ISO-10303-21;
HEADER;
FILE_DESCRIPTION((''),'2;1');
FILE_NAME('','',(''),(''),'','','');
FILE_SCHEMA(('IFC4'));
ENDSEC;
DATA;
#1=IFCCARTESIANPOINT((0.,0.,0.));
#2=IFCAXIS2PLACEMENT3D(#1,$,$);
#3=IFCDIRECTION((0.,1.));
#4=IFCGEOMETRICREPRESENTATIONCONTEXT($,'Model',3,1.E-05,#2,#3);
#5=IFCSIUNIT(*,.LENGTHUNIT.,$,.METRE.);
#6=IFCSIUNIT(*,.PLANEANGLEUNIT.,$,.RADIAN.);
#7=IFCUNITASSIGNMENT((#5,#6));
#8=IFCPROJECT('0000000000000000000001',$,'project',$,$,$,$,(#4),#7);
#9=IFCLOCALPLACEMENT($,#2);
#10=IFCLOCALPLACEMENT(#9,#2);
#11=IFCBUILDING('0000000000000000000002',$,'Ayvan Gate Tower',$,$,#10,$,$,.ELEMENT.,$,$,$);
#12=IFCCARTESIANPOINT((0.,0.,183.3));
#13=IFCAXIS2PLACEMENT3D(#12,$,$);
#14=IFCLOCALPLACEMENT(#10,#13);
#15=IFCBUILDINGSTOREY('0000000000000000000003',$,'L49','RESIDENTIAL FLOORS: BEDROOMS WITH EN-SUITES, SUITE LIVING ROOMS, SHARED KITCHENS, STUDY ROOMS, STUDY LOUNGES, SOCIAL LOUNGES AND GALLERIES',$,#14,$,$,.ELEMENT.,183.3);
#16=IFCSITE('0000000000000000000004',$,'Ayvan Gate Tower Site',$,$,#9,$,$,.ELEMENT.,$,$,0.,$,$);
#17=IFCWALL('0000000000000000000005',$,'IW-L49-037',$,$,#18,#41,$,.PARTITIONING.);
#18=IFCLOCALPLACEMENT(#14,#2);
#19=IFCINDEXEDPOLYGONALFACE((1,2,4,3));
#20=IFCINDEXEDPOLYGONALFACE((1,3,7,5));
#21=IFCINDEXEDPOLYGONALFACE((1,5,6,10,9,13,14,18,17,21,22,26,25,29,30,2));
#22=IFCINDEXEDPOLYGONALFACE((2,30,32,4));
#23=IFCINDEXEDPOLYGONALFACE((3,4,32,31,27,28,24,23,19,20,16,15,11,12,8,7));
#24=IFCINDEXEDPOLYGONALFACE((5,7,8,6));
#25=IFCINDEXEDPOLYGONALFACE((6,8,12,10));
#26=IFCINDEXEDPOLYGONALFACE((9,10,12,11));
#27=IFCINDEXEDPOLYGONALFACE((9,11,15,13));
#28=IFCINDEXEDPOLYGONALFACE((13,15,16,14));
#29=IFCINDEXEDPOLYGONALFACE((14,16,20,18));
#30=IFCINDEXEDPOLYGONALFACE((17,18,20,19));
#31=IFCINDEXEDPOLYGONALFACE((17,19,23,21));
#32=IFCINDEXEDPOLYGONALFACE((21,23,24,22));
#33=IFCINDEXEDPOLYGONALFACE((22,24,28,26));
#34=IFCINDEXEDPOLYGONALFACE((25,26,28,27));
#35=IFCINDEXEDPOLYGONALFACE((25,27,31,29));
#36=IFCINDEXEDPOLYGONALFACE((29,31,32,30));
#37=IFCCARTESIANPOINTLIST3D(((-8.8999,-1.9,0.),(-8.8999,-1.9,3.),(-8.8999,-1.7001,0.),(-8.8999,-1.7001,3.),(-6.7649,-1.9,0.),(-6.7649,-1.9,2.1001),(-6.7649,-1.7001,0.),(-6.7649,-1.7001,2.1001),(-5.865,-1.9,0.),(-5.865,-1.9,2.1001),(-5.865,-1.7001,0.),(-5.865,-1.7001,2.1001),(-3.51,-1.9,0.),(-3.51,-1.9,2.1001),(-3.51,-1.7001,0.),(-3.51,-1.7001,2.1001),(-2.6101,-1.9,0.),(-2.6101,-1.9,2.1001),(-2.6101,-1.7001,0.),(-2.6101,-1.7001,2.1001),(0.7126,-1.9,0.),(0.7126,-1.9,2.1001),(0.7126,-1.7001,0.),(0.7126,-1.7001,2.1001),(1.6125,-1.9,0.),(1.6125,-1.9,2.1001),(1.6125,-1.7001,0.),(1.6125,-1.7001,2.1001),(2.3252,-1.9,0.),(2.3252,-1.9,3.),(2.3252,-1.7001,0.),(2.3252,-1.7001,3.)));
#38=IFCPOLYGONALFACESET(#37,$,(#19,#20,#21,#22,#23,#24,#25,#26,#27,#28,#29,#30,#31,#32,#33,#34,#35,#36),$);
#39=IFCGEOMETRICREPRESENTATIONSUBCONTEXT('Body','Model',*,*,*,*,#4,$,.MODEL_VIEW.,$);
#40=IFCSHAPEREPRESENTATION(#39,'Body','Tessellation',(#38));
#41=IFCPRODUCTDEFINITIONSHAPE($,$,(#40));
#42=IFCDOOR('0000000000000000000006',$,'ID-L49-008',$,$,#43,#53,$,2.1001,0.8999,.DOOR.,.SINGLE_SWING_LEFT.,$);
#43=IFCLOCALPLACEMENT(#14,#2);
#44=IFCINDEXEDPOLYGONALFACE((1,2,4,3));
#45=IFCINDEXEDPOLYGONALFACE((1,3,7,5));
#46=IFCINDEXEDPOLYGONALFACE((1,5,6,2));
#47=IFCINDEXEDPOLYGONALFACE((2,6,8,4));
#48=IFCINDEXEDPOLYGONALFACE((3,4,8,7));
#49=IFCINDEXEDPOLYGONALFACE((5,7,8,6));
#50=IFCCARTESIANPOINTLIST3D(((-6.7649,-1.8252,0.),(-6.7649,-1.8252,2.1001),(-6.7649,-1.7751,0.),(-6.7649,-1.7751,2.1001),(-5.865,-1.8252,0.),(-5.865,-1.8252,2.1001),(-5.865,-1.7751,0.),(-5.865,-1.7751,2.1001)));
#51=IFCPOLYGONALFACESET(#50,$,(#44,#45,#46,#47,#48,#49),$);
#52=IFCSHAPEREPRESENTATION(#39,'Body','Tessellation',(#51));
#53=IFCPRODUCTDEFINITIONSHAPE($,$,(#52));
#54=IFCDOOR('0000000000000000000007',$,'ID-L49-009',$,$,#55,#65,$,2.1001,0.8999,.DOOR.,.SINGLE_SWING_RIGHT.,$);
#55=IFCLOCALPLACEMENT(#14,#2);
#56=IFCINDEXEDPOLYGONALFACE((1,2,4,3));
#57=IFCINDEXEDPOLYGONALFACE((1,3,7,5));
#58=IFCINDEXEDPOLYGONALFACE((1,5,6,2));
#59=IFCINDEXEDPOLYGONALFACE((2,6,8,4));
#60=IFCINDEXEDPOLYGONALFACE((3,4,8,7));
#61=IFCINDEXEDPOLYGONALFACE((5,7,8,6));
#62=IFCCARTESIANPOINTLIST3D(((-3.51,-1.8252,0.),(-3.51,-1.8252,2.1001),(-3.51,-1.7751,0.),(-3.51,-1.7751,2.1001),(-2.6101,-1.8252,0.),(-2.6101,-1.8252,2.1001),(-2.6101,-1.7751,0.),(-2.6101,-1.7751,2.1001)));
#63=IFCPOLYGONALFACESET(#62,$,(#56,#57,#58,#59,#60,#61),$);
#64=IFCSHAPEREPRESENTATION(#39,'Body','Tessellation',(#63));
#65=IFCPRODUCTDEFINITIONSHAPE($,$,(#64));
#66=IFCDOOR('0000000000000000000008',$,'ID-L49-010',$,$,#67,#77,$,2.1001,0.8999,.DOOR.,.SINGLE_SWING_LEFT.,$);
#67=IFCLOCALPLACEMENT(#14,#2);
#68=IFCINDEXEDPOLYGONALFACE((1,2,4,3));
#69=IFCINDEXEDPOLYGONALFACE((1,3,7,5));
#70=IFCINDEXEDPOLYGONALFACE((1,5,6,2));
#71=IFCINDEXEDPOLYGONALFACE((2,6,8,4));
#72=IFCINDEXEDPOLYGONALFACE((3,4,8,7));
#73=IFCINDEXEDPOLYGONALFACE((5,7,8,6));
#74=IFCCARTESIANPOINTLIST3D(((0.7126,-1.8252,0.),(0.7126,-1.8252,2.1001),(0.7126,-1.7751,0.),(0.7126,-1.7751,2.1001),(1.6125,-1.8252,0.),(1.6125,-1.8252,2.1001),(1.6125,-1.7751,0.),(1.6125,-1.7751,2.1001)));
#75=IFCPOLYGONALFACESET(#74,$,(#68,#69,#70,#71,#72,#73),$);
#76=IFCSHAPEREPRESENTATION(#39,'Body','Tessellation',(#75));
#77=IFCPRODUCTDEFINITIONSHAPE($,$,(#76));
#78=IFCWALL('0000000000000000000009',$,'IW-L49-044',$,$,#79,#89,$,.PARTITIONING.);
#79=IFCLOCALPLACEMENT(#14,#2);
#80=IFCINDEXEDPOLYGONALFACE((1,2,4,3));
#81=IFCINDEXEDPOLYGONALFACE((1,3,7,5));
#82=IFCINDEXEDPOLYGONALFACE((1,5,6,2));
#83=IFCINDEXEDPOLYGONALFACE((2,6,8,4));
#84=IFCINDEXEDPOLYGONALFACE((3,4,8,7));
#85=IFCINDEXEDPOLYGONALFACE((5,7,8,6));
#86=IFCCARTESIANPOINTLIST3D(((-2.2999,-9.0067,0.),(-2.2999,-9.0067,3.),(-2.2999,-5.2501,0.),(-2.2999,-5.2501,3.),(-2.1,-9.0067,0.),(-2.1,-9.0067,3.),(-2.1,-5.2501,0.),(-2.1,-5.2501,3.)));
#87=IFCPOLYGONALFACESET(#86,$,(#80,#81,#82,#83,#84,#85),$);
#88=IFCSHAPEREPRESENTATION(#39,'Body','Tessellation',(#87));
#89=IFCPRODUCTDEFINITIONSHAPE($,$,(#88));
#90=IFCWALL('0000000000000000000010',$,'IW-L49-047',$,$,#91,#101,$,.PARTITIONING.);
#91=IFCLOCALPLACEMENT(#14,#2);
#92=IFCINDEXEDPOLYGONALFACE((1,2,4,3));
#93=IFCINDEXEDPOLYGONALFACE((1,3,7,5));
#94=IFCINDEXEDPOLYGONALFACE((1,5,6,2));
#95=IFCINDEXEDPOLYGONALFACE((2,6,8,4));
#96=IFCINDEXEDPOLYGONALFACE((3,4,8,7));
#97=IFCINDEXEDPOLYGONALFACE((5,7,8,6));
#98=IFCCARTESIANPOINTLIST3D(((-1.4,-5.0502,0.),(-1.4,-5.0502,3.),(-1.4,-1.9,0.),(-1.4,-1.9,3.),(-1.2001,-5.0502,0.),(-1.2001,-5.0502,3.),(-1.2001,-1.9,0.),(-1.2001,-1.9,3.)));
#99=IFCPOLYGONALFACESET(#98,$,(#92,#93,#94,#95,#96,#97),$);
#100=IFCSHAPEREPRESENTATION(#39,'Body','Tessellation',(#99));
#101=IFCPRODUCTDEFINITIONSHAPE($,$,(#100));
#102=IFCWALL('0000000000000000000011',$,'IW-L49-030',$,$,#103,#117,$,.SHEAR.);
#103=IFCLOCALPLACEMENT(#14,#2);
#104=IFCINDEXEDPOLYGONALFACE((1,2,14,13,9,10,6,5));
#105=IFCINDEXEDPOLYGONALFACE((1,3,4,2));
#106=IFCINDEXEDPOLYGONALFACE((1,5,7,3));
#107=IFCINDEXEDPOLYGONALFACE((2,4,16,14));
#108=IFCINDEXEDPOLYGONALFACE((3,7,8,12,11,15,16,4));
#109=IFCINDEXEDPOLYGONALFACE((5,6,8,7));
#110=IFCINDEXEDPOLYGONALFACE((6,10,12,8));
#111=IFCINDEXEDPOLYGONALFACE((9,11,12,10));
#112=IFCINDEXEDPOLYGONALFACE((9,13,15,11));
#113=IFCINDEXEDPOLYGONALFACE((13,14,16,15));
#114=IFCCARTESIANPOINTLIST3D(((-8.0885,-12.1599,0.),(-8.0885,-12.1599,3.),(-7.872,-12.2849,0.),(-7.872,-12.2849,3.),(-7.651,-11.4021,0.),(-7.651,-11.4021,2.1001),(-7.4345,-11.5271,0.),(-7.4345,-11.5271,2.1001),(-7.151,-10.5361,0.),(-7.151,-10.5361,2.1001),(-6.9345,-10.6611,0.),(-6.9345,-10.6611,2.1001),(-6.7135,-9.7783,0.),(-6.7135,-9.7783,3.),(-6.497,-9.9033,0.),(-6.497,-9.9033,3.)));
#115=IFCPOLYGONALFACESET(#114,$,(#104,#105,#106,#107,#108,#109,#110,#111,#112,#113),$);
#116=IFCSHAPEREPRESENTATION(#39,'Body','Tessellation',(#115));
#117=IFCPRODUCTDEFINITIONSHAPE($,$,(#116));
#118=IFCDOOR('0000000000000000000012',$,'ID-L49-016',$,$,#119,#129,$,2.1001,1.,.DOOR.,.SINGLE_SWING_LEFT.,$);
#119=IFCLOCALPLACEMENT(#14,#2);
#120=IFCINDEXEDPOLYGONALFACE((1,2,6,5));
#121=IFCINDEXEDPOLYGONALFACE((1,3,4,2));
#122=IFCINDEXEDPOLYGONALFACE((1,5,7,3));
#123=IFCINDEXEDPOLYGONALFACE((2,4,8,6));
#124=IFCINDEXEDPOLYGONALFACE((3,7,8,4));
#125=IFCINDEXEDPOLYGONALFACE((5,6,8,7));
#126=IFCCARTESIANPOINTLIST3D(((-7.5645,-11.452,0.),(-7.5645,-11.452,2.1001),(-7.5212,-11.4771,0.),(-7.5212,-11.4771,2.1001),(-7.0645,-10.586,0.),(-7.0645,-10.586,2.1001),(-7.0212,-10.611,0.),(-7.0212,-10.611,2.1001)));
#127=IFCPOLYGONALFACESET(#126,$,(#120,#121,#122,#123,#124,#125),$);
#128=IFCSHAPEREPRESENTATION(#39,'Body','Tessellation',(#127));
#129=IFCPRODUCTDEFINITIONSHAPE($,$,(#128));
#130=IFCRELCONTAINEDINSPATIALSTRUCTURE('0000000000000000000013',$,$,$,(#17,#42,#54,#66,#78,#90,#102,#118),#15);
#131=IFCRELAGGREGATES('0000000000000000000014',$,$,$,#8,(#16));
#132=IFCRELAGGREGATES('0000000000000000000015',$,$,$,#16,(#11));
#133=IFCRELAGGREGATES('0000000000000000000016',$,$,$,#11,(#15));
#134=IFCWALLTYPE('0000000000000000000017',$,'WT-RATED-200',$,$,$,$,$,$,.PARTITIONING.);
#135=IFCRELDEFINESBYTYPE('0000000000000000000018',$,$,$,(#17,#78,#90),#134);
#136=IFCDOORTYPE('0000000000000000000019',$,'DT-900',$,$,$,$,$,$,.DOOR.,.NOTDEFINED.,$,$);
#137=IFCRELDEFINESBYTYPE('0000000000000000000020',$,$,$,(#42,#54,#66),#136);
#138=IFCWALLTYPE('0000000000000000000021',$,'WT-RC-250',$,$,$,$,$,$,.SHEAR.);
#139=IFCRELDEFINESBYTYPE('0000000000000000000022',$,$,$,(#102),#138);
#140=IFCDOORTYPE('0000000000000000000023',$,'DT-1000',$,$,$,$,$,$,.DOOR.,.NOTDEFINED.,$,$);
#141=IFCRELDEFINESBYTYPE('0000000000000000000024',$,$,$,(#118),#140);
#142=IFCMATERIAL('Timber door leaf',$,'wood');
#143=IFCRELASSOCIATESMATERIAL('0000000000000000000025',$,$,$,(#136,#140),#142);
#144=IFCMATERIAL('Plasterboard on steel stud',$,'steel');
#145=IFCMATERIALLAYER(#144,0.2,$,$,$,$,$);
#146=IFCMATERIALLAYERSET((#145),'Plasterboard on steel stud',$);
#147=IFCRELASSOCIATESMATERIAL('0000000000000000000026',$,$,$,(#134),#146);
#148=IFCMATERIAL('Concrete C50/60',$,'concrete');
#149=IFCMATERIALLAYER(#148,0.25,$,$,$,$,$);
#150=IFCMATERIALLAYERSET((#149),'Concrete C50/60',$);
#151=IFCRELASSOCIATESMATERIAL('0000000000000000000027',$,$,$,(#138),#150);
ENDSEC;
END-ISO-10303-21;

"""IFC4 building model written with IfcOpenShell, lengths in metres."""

from ifc_helpers import new_model, si_unit, direction, frame, frame_2d, origin, place, context, subcontext, project, spatial, rectangle, extrude, material, layer, layer_set, type_object, element, fill, save


model = new_model("IFC4")

# Units and contexts
model_context = context("Model", 3, precision=1e-05, world=origin(), true_north=direction((0.0, 1.0)))
body_context = subcontext(model_context, "Body", "Model", "MODEL_VIEW")
ifc_project = project(units=[si_unit("LENGTHUNIT", "METRE"), si_unit("PLANEANGLEUNIT", "RADIAN")], contexts=[model_context])

# Site, building, storey
site_placement = place(None, origin())
site = spatial("IfcSite", under=ifc_project, at=site_placement, Name="Ayvan Gate Tower Site", CompositionType="ELEMENT", RefElevation=0.0)
building_placement = place(site_placement, origin())
building = spatial("IfcBuilding", under=site, at=building_placement, Name="Ayvan Gate Tower", CompositionType="ELEMENT")
storey_placement = place(building_placement, frame((0.0, 0.0, 183.3)))
storey = spatial("IfcBuildingStorey", under=building, at=storey_placement, Name="L49", Description="RESIDENTIAL FLOORS: BEDROOMS WITH EN-SUITES, SUITE LIVING ROOMS, SHARED KITCHENS, STUDY ROOMS, STUDY LOUNGES, SOCIAL LOUNGES AND GALLERIES", CompositionType="ELEMENT", Elevation=183.3)

# Shared definitions
ifc_material_1 = material(Name="Timber door leaf", Category="wood")
door_type_1 = type_object("IfcDoorType", Name="DT-900", OperationType="NOTDEFINED", PredefinedType="DOOR", material=ifc_material_1)

# Shared definitions
ifc_material_2 = material(Name="Plasterboard on steel stud", Category="steel")
ifc_layer_1 = layer(ifc_material_2, 0.2)
ifc_layer_set_1 = layer_set([ifc_layer_1], Name="Plasterboard on steel stud")
wall_type_1 = type_object("IfcWallType", Name="WT-RATED-200", PredefinedType="PARTITIONING", material=ifc_layer_set_1)

# Wall, openings, doors
wall_1_placement = place(storey_placement, frame((-8.8999, -1.8, 0.0), z_axis=(0.0, 0.0, 1.0), x_axis=(1.0, 0.0, 0.0)))
wall_1 = element("IfcWall", 1, at=wall_1_placement, inside=storey, type_object=wall_type_1, Name="IW-L49-037", PredefinedType="PARTITIONING", context=body_context, shape_type="SweptSolid", body=[
    extrude(rectangle(XDim=11.2251, YDim=0.2, at=frame_2d((5.6125, 0.0))), origin(), (0.0, 0.0, 1.0), 3.0),
])
opening_1_placement = place(wall_1_placement, frame((2.135, 0.0, 0.0)))
opening_1 = element("IfcOpeningElement", 2, at=opening_1_placement, cuts=wall_1, PredefinedType="OPENING", context=body_context, shape_type="SweptSolid", body=[
    extrude(rectangle(XDim=0.8999, YDim=2.1001, at=frame_2d((0.45, 1.05))), frame((0.0, 0.1099, 0.0), z_axis=(0.0, -1.0, 0.0), x_axis=(1.0, 0.0, 0.0)), (0.0, 0.0, 1.0), 0.22),
])
opening_2_placement = place(wall_1_placement, frame((5.3899, 0.0, 0.0)))
opening_2 = element("IfcOpeningElement", 3, at=opening_2_placement, cuts=wall_1, PredefinedType="OPENING", context=body_context, shape_type="SweptSolid", body=[
    extrude(rectangle(XDim=0.8999, YDim=2.1001, at=frame_2d((0.45, 1.05))), frame((0.0, 0.1099, 0.0), z_axis=(0.0, -1.0, 0.0), x_axis=(1.0, 0.0, 0.0)), (0.0, 0.0, 1.0), 0.22),
])
opening_3_placement = place(wall_1_placement, frame((9.6125, 0.0, 0.0)))
opening_3 = element("IfcOpeningElement", 4, at=opening_3_placement, cuts=wall_1, PredefinedType="OPENING", context=body_context, shape_type="SweptSolid", body=[
    extrude(rectangle(XDim=0.8999, YDim=2.1001, at=frame_2d((0.45, 1.05))), frame((0.0, 0.1099, 0.0), z_axis=(0.0, -1.0, 0.0), x_axis=(1.0, 0.0, 0.0)), (0.0, 0.0, 1.0), 0.22),
])
door_1_placement = place(opening_1_placement, origin())
door_1 = element("IfcDoor", 5, at=door_1_placement, inside=storey, type_object=door_type_1, Name="ID-L49-008", OperationType="SINGLE_SWING_LEFT", OverallHeight=2.1001, OverallWidth=0.8999, PredefinedType="DOOR", context=body_context, shape_type="SweptSolid", body=[
    extrude(rectangle(XDim=0.8999, YDim=2.1001, at=frame_2d((0.45, 1.05))), frame((0.0, 0.0249, 0.0), z_axis=(0.0, -1.0, 0.0), x_axis=(1.0, 0.0, 0.0)), (0.0, 0.0, 1.0), 0.05),
])
fill(opening_1, door_1)
door_2_placement = place(opening_2_placement, origin())
door_2 = element("IfcDoor", 6, at=door_2_placement, inside=storey, type_object=door_type_1, Name="ID-L49-009", OperationType="SINGLE_SWING_RIGHT", OverallHeight=2.1001, OverallWidth=0.8999, PredefinedType="DOOR", context=body_context, shape_type="SweptSolid", body=[
    extrude(rectangle(XDim=0.8999, YDim=2.1001, at=frame_2d((0.45, 1.05))), frame((0.0, 0.0249, 0.0), z_axis=(0.0, -1.0, 0.0), x_axis=(1.0, 0.0, 0.0)), (0.0, 0.0, 1.0), 0.05),
])
fill(opening_2, door_2)
door_3_placement = place(opening_3_placement, origin())
door_3 = element("IfcDoor", 7, at=door_3_placement, inside=storey, type_object=door_type_1, Name="ID-L49-010", OperationType="SINGLE_SWING_LEFT", OverallHeight=2.1001, OverallWidth=0.8999, PredefinedType="DOOR", context=body_context, shape_type="SweptSolid", body=[
    extrude(rectangle(XDim=0.8999, YDim=2.1001, at=frame_2d((0.45, 1.05))), frame((0.0, 0.0249, 0.0), z_axis=(0.0, -1.0, 0.0), x_axis=(1.0, 0.0, 0.0)), (0.0, 0.0, 1.0), 0.05),
])
fill(opening_3, door_3)

# Walls
wall_2_placement = place(storey_placement, frame((-2.2, -5.25, 0.0), z_axis=(0.0, 0.0, 1.0), x_axis=(0.0, -1.0, 0.0)))
element("IfcWall", 8, at=wall_2_placement, inside=storey, type_object=wall_type_1, Name="IW-L49-044", PredefinedType="PARTITIONING", context=body_context, shape_type="SweptSolid", body=[
    extrude(rectangle(XDim=3.7566, YDim=0.2, at=frame_2d((1.8784, 0.0))), origin(), (0.0, 0.0, 1.0), 3.0),
])
wall_3_placement = place(storey_placement, frame((-1.3, -1.8999, 0.0), z_axis=(0.0, 0.0, 1.0), x_axis=(0.0, -1.0, 0.0)))
element("IfcWall", 9, at=wall_3_placement, inside=storey, type_object=wall_type_1, Name="IW-L49-047", PredefinedType="PARTITIONING", context=body_context, shape_type="SweptSolid", body=[
    extrude(rectangle(XDim=3.1501, YDim=0.2, at=frame_2d((1.5752, 0.0))), origin(), (0.0, 0.0, 1.0), 3.0),
])

# Wall, opening, door
ifc_material_3 = material(Name="Concrete C50/60", Category="concrete")
ifc_layer_2 = layer(ifc_material_3, 0.25)
ifc_layer_set_2 = layer_set([ifc_layer_2], Name="Concrete C50/60")
wall_type_2 = type_object("IfcWallType", Name="WT-RC-250", PredefinedType="SHEAR", material=ifc_layer_set_2)
wall_4_placement = place(storey_placement, frame((-6.6052, -9.8408, 0.0), z_axis=(0.0, 0.0, 1.0), x_axis=(-0.499997, -0.866027, 0.0)))
wall_4 = element("IfcWall", 10, at=wall_4_placement, inside=storey, type_object=wall_type_2, Name="IW-L49-030", PredefinedType="SHEAR", context=body_context, shape_type="SweptSolid", body=[
    extrude(rectangle(XDim=2.75, YDim=0.25, at=frame_2d((1.375, 0.0))), origin(), (0.0, 0.0, 1.0), 3.0),
])
opening_4_placement = place(wall_4_placement, frame((0.875, 0.0, 0.0)))
opening_4 = element("IfcOpeningElement", 11, at=opening_4_placement, cuts=wall_4, PredefinedType="OPENING", context=body_context, shape_type="SweptSolid", body=[
    extrude(rectangle(XDim=1.0, YDim=2.1001, at=frame_2d((0.5, 1.05))), frame((0.0, 0.135, 0.0), z_axis=(0.0, -1.0, 0.0), x_axis=(1.0, 0.0, 0.0)), (0.0, 0.0, 1.0), 0.27),
])
door_type_2 = type_object("IfcDoorType", Name="DT-1000", OperationType="NOTDEFINED", PredefinedType="DOOR", material=ifc_material_1)
door_4_placement = place(opening_4_placement, origin())
door_4 = element("IfcDoor", 12, at=door_4_placement, inside=storey, type_object=door_type_2, Name="ID-L49-016", OperationType="SINGLE_SWING_LEFT", OverallHeight=2.1001, OverallWidth=1.0, PredefinedType="DOOR", context=body_context, shape_type="SweptSolid", body=[
    extrude(rectangle(XDim=1.0, YDim=2.1001, at=frame_2d((0.5, 1.05))), frame((0.0, 0.0249, 0.0), z_axis=(0.0, -1.0, 0.0), x_axis=(1.0, 0.0, 0.0)), (0.0, 0.0, 1.0), 0.05),
])
fill(opening_4, door_4)

save(model, "model.ifc")
